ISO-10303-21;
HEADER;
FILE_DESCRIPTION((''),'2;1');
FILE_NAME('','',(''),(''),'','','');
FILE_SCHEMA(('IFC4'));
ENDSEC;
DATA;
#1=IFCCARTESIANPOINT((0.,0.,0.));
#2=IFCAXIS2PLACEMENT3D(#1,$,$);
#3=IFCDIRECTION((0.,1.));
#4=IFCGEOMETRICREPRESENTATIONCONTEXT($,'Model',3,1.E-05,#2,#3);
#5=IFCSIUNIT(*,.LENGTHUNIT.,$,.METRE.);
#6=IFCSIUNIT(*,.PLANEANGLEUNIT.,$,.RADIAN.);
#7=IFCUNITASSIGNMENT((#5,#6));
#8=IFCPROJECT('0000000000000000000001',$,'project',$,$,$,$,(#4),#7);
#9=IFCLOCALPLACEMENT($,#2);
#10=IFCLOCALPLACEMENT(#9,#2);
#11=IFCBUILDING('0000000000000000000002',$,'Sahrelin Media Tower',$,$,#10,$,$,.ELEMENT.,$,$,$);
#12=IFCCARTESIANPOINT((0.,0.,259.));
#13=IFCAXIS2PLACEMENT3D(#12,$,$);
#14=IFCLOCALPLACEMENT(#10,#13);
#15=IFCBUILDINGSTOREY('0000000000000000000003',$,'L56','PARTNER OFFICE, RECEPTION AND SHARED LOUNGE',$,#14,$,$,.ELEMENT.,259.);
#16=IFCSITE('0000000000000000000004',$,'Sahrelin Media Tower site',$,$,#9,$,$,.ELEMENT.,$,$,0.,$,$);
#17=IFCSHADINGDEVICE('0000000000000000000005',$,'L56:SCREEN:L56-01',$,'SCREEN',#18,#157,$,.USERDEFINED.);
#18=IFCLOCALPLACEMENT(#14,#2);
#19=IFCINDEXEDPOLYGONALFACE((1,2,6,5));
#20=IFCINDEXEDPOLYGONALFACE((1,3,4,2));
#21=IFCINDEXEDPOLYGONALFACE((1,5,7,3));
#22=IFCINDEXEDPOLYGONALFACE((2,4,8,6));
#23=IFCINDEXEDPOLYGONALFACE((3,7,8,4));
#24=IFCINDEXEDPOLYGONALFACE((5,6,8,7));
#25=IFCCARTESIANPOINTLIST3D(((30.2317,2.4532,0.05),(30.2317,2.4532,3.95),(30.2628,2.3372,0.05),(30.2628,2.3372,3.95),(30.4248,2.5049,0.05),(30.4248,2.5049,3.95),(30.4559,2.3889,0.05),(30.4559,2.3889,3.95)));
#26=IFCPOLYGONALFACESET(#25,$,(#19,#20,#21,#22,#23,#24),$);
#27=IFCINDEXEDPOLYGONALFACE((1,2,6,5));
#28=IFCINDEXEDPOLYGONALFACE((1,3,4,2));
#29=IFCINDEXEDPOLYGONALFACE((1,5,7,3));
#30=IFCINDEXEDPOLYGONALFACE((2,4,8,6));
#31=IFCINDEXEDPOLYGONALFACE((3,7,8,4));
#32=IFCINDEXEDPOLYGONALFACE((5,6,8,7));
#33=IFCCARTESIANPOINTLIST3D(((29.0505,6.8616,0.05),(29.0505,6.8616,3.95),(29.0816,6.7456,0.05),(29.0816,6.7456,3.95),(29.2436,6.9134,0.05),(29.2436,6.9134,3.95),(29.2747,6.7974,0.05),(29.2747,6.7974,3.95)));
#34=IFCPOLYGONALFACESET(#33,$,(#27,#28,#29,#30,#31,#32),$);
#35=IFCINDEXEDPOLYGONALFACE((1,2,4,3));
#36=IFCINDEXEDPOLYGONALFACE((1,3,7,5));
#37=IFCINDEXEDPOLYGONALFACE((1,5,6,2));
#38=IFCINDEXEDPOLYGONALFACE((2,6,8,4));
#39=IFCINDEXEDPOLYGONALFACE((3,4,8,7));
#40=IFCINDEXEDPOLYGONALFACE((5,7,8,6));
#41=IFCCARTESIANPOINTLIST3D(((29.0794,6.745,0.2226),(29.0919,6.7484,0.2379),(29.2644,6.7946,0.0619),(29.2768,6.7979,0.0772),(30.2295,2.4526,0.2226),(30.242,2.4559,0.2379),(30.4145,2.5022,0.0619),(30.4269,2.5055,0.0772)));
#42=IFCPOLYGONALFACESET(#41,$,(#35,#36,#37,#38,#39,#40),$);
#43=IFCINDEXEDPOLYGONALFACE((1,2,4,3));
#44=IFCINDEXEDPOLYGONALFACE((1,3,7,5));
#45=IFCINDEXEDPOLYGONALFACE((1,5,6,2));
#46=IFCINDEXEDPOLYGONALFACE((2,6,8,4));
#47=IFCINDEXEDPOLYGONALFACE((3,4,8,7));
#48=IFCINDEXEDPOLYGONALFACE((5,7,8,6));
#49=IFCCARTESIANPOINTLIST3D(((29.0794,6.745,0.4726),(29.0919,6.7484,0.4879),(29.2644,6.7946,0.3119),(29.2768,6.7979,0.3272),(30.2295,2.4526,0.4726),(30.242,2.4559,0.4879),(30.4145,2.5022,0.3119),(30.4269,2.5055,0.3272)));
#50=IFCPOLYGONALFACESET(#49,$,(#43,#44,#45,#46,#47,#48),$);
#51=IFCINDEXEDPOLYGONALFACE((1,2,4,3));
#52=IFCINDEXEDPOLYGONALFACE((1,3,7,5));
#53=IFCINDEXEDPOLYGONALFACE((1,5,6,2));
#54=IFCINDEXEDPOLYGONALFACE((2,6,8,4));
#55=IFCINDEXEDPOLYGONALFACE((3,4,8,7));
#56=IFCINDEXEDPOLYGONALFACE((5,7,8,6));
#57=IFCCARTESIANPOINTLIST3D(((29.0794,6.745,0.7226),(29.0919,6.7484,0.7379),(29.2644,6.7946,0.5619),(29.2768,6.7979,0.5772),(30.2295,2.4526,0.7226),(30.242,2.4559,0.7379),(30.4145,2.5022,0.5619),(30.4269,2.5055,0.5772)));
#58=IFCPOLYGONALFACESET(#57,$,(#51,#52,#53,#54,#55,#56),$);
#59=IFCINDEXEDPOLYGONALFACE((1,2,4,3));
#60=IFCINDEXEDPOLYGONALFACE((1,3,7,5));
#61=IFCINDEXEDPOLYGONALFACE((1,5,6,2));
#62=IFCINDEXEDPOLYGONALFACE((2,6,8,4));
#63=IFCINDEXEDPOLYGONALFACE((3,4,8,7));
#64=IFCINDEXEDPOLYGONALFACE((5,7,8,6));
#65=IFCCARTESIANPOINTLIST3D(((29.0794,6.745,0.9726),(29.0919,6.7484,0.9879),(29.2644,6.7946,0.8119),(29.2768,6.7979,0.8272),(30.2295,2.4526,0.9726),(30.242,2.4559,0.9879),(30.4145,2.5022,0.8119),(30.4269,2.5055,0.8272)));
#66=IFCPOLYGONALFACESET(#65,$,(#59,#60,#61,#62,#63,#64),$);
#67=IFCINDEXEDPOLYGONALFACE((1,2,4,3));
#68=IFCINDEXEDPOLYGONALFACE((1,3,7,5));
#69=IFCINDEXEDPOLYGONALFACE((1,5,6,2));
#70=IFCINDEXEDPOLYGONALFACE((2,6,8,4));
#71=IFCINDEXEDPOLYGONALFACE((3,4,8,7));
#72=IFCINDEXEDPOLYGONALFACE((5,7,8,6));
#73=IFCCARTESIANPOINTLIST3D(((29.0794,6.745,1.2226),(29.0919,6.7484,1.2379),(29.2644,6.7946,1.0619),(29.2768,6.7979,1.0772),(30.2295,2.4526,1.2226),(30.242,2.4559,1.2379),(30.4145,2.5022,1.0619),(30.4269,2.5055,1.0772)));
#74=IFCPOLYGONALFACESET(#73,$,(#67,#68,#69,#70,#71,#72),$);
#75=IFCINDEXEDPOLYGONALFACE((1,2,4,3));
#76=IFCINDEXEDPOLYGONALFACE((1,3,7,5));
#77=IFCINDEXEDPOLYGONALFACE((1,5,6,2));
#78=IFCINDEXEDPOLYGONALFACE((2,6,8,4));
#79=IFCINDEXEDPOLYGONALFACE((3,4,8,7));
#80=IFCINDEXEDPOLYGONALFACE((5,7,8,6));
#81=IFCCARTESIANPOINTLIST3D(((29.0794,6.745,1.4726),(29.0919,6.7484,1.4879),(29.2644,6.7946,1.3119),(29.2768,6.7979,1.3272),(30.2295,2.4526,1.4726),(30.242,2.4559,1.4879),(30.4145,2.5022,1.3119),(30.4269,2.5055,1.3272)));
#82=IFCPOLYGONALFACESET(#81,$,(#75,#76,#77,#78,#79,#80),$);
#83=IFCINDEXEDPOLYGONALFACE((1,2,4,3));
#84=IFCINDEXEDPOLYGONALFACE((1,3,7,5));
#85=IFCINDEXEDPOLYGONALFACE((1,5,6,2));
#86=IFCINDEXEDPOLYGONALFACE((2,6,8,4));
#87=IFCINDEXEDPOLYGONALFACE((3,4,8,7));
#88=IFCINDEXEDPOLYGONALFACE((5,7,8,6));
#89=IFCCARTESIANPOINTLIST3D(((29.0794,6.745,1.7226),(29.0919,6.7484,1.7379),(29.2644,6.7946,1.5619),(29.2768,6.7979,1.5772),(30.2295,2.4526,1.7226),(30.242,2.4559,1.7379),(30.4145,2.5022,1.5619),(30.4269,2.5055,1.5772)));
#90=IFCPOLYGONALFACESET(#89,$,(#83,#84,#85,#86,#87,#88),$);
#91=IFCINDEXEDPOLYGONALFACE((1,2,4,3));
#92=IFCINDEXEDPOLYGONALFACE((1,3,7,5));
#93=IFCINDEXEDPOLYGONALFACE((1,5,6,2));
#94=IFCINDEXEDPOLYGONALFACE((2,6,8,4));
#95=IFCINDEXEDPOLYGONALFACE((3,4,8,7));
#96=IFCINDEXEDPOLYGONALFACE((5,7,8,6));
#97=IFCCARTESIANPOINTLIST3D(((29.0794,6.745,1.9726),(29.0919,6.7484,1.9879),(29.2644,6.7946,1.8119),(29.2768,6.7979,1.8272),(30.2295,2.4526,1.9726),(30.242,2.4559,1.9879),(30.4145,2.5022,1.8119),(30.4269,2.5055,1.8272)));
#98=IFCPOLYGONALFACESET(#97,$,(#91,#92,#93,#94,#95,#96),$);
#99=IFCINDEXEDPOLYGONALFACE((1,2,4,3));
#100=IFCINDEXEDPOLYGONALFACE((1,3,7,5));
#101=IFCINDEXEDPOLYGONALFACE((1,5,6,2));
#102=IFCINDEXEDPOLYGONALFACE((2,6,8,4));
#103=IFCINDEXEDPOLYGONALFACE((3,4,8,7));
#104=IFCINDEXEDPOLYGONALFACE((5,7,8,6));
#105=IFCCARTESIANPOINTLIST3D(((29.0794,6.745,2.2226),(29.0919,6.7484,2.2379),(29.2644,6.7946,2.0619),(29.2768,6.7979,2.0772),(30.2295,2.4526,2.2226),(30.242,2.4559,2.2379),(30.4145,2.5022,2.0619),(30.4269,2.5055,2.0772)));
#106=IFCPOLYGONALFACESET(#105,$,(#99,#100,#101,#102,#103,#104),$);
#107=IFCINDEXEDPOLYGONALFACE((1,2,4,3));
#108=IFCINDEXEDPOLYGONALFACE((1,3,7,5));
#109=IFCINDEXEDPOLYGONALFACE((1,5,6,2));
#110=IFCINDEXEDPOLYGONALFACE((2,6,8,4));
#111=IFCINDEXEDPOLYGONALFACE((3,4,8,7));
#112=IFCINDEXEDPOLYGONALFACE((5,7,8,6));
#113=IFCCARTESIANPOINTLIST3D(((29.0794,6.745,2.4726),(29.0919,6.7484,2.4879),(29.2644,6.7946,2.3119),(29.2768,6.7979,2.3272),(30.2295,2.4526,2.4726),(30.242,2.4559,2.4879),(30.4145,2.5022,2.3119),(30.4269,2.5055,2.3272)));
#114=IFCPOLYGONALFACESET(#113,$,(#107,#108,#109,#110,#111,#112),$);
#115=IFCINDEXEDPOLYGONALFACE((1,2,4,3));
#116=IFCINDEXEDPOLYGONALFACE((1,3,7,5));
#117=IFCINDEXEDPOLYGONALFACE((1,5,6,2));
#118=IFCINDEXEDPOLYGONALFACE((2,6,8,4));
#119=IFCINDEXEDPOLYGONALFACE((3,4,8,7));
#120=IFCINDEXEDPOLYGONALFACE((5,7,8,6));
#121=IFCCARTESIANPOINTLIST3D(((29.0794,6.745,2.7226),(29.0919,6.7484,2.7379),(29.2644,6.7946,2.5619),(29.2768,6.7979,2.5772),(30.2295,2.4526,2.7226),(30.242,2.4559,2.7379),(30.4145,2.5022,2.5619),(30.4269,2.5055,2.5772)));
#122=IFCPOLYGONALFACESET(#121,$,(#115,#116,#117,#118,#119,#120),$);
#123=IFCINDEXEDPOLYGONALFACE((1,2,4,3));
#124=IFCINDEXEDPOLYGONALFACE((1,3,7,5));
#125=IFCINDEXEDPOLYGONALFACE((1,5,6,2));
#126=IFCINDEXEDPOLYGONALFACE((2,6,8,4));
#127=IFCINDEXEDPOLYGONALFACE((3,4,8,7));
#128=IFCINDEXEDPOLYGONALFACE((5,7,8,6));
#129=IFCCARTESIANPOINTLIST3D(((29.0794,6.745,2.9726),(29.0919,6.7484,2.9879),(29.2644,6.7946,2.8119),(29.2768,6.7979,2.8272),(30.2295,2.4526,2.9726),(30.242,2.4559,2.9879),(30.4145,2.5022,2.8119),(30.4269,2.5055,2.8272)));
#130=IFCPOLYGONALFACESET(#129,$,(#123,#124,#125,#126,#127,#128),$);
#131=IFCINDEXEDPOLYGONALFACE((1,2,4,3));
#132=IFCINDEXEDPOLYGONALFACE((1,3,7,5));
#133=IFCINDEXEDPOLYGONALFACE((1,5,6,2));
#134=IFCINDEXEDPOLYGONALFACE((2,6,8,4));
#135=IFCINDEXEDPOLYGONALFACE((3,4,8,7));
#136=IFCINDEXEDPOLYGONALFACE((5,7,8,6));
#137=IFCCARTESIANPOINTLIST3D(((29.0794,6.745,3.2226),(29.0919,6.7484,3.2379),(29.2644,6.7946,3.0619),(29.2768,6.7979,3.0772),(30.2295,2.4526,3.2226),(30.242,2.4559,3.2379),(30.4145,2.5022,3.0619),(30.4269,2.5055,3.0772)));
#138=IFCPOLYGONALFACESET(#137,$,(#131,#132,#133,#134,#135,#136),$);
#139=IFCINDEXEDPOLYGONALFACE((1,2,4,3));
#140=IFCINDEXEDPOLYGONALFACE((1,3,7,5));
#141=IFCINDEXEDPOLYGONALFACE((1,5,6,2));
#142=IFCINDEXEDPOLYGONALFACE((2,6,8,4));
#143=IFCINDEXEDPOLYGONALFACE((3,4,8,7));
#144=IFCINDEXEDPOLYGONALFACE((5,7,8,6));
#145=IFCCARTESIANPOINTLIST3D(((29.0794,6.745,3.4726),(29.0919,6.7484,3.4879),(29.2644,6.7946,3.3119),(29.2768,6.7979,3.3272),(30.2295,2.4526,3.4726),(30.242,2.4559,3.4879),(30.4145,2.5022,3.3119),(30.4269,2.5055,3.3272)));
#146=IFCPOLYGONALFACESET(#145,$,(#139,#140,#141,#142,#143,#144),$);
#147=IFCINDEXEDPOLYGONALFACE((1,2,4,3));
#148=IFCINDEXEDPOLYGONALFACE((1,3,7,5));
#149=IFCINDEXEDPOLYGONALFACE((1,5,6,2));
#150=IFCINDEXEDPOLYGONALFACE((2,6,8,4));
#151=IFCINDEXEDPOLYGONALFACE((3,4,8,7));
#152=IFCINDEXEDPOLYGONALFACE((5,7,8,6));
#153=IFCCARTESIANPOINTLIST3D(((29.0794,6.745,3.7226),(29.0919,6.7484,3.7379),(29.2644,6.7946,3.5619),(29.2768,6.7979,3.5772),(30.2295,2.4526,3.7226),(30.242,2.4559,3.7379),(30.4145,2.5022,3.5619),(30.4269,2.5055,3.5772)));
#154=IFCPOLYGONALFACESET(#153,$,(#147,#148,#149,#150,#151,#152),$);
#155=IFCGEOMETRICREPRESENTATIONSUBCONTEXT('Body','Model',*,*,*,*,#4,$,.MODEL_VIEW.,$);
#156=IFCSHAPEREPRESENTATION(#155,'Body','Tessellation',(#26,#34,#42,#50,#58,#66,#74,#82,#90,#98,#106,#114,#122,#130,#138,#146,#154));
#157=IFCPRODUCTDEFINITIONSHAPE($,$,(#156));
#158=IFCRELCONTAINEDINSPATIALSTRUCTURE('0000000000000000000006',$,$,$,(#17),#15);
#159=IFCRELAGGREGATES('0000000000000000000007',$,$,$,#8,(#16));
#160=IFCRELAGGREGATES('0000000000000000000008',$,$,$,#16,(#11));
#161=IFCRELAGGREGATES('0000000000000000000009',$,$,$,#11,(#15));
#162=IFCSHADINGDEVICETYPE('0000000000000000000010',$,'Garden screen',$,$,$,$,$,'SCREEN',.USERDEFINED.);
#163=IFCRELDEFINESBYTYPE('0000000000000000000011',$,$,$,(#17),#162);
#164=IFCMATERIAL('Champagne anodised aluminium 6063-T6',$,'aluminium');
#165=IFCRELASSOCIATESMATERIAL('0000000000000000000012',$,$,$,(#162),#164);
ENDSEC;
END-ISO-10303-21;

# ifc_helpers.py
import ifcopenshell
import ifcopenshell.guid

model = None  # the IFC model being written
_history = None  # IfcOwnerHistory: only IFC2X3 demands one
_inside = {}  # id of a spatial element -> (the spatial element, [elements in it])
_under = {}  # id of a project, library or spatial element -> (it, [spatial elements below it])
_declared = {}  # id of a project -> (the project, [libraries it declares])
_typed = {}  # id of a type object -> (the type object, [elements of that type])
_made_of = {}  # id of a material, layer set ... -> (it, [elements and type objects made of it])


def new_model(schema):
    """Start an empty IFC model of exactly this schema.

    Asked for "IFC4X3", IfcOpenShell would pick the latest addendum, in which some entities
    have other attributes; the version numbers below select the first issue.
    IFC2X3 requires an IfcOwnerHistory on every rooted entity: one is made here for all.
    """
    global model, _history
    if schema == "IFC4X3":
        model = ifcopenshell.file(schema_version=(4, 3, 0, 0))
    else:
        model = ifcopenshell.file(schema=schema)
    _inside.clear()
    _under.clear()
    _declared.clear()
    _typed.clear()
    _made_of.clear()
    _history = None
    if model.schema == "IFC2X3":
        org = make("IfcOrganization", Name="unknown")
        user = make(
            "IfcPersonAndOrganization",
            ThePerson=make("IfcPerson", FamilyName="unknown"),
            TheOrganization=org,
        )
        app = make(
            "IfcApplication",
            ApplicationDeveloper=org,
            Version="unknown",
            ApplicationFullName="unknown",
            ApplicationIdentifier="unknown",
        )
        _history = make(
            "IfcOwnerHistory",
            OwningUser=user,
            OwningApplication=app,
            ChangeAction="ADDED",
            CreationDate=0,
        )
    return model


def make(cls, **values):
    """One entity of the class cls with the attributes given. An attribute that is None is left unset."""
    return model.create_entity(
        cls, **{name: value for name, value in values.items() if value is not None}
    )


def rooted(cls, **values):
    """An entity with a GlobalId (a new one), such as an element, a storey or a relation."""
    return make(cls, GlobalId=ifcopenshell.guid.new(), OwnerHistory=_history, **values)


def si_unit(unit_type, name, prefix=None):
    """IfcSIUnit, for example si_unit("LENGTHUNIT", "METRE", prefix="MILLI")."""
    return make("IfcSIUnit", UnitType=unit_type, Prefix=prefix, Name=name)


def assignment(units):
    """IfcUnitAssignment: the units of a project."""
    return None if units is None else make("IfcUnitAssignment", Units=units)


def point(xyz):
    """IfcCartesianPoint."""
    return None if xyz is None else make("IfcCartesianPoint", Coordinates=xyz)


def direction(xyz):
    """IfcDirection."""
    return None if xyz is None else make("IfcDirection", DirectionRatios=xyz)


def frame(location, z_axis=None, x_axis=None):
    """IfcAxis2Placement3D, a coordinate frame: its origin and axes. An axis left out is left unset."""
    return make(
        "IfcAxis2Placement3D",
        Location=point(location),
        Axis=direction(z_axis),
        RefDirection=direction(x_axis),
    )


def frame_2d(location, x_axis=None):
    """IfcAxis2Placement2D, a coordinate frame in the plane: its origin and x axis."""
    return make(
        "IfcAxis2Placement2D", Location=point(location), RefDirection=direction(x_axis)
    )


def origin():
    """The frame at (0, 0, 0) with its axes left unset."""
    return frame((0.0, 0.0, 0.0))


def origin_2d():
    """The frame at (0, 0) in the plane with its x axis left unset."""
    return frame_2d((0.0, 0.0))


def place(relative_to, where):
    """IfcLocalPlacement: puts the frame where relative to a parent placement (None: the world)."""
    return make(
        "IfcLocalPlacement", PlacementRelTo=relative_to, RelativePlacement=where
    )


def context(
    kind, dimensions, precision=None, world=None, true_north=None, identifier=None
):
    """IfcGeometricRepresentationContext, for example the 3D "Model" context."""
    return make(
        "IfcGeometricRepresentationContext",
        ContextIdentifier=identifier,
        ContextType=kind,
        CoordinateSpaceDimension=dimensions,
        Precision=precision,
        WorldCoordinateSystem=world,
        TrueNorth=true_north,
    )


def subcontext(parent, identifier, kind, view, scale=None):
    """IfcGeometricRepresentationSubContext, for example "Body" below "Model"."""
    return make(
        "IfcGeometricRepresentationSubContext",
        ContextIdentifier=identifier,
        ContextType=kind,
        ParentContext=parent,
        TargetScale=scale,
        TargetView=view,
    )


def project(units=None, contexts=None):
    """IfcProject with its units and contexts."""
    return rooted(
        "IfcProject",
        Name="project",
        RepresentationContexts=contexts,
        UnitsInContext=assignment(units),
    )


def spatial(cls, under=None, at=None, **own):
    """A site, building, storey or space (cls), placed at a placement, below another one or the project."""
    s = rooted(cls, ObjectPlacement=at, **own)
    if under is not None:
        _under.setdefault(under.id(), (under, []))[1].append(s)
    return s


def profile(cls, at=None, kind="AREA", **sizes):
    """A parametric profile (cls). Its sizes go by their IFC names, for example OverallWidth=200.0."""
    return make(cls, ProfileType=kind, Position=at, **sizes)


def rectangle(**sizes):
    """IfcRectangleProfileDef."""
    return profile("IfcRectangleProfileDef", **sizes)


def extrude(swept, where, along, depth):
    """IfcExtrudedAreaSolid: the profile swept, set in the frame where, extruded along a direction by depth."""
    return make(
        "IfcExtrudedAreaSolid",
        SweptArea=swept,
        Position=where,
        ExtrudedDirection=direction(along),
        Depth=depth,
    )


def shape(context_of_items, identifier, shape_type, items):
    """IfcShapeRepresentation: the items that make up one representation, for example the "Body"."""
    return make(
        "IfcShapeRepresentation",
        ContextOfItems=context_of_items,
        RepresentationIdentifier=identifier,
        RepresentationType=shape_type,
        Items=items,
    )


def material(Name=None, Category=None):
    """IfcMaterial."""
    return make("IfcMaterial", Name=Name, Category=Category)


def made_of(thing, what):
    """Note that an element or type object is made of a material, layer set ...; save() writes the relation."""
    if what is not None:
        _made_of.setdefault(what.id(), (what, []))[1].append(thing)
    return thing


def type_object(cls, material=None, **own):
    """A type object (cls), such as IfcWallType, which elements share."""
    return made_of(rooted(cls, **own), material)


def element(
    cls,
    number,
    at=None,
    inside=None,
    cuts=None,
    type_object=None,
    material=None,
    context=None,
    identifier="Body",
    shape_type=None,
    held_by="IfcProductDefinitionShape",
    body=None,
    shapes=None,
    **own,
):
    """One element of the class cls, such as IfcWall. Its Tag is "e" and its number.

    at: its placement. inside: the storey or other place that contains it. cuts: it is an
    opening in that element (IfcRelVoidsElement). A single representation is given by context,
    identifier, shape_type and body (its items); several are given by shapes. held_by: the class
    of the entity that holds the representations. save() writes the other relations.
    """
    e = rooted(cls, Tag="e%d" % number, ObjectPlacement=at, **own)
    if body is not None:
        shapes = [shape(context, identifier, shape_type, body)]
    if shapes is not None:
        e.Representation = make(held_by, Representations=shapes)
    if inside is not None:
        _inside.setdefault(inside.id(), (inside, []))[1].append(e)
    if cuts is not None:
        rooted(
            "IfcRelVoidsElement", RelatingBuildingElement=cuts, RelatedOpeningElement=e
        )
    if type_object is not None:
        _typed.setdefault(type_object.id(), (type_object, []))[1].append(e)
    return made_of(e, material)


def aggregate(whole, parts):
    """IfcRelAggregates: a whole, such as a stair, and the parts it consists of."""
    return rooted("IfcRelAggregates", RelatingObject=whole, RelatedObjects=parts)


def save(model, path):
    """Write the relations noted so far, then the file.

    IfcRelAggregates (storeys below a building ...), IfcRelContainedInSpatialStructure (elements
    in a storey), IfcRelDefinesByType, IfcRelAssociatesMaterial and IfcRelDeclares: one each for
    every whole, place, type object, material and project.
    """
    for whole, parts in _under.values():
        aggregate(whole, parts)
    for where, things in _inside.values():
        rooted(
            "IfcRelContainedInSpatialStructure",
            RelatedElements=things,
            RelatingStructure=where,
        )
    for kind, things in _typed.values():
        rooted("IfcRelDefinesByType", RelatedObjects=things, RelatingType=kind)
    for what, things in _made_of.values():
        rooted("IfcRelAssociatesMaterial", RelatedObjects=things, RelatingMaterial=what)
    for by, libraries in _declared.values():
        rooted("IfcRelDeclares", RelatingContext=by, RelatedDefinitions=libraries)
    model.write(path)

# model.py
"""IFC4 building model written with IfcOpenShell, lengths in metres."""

from ifc_helpers import new_model, si_unit, direction, frame, origin, origin_2d, place, context, subcontext, project, spatial, rectangle, extrude, material, type_object, element, save


model = new_model("IFC4")

# Units and contexts
model_context = context("Model", 3, precision=1e-05, world=origin(), true_north=direction((0.0, 1.0)))
body_context = subcontext(model_context, "Body", "Model", "MODEL_VIEW")
ifc_project = project(units=[si_unit("LENGTHUNIT", "METRE"), si_unit("PLANEANGLEUNIT", "RADIAN")], contexts=[model_context])

# Site, building, storey
site_placement = place(None, origin())
site = spatial("IfcSite", under=ifc_project, at=site_placement, Name="Sahrelin Media Tower site", CompositionType="ELEMENT", RefElevation=0.0)
building_placement = place(site_placement, origin())
building = spatial("IfcBuilding", under=site, at=building_placement, Name="Sahrelin Media Tower", CompositionType="ELEMENT")
storey_placement = place(building_placement, frame((0.0, 0.0, 259.0)))
storey = spatial("IfcBuildingStorey", under=building, at=storey_placement, Name="L56", Description="PARTNER OFFICE, RECEPTION AND SHARED LOUNGE", CompositionType="ELEMENT", Elevation=259.0)

# Shared definitions
ifc_material_1 = material(Name="Champagne anodised aluminium 6063-T6", Category="aluminium")

# Shading device
shading_device_type_1 = type_object("IfcShadingDeviceType", Name="Garden screen", ElementType="SCREEN", PredefinedType="USERDEFINED", material=ifc_material_1)
shading_device_1_placement = place(storey_placement, frame((29.6565, 4.5994, 0.0), z_axis=(0.0, 0.0, 1.0), x_axis=(0.258808, -0.965929, 0.0)))
element("IfcShadingDevice", 1, at=shading_device_1_placement, inside=storey, type_object=shading_device_type_1, Name="L56:SCREEN:L56-01", ObjectType="SCREEN", PredefinedType="USERDEFINED", context=body_context, shape_type="SweptSolid", body=[
    extrude(rectangle(XDim=0.1201, YDim=0.2, at=origin_2d()), frame((2.282, 0.1001, 0.05), z_axis=(0.0, 0.0, 1.0), x_axis=(1.0, 0.0, 0.0)), (0.0, 0.0, 1.0), 3.8999),
    extrude(rectangle(XDim=0.1201, YDim=0.2, at=origin_2d()), frame((-2.282, 0.1001, 0.05), z_axis=(0.0, 0.0, 1.0), x_axis=(1.0, 0.0, 0.0)), (0.0, 0.0, 1.0), 3.8999),
    extrude(rectangle(XDim=0.25, YDim=0.02, at=origin_2d()), frame((2.2219, 0.1001, 0.1499), z_axis=(-1.0, 0.0, 0.0), x_axis=(0.0, -0.766044, 0.642788)), (0.0, 0.0, 1.0), 4.4438),
    extrude(rectangle(XDim=0.25, YDim=0.02, at=origin_2d()), frame((2.2219, 0.1001, 0.3999), z_axis=(-1.0, 0.0, 0.0), x_axis=(0.0, -0.766044, 0.642788)), (0.0, 0.0, 1.0), 4.4438),
    extrude(rectangle(XDim=0.25, YDim=0.02, at=origin_2d()), frame((2.2219, 0.1001, 0.6499), z_axis=(-1.0, 0.0, 0.0), x_axis=(0.0, -0.766044, 0.642788)), (0.0, 0.0, 1.0), 4.4438),
    extrude(rectangle(XDim=0.25, YDim=0.02, at=origin_2d()), frame((2.2219, 0.1001, 0.8999), z_axis=(-1.0, 0.0, 0.0), x_axis=(0.0, -0.766044, 0.642788)), (0.0, 0.0, 1.0), 4.4438),
    extrude(rectangle(XDim=0.25, YDim=0.02, at=origin_2d()), frame((2.2219, 0.1001, 1.1499), z_axis=(-1.0, 0.0, 0.0), x_axis=(0.0, -0.766044, 0.642788)), (0.0, 0.0, 1.0), 4.4438),
    extrude(rectangle(XDim=0.25, YDim=0.02, at=origin_2d()), frame((2.2219, 0.1001, 1.3999), z_axis=(-1.0, 0.0, 0.0), x_axis=(0.0, -0.766044, 0.642788)), (0.0, 0.0, 1.0), 4.4438),
    extrude(rectangle(XDim=0.25, YDim=0.02, at=origin_2d()), frame((2.2219, 0.1001, 1.6499), z_axis=(-1.0, 0.0, 0.0), x_axis=(0.0, -0.766044, 0.642788)), (0.0, 0.0, 1.0), 4.4438),
    extrude(rectangle(XDim=0.25, YDim=0.02, at=origin_2d()), frame((2.2219, 0.1001, 1.8999), z_axis=(-1.0, 0.0, 0.0), x_axis=(0.0, -0.766044, 0.642788)), (0.0, 0.0, 1.0), 4.4438),
    extrude(rectangle(XDim=0.25, YDim=0.02, at=origin_2d()), frame((2.2219, 0.1001, 2.1499), z_axis=(-1.0, 0.0, 0.0), x_axis=(0.0, -0.766044, 0.642788)), (0.0, 0.0, 1.0), 4.4438),
    extrude(rectangle(XDim=0.25, YDim=0.02, at=origin_2d()), frame((2.2219, 0.1001, 2.3999), z_axis=(-1.0, 0.0, 0.0), x_axis=(0.0, -0.766044, 0.642788)), (0.0, 0.0, 1.0), 4.4438),
    extrude(rectangle(XDim=0.25, YDim=0.02, at=origin_2d()), frame((2.2219, 0.1001, 2.6499), z_axis=(-1.0, 0.0, 0.0), x_axis=(0.0, -0.766044, 0.642788)), (0.0, 0.0, 1.0), 4.4438),
    extrude(rectangle(XDim=0.25, YDim=0.02, at=origin_2d()), frame((2.2219, 0.1001, 2.8999), z_axis=(-1.0, 0.0, 0.0), x_axis=(0.0, -0.766044, 0.642788)), (0.0, 0.0, 1.0), 4.4438),
    extrude(rectangle(XDim=0.25, YDim=0.02, at=origin_2d()), frame((2.2219, 0.1001, 3.1499), z_axis=(-1.0, 0.0, 0.0), x_axis=(0.0, -0.766044, 0.642788)), (0.0, 0.0, 1.0), 4.4438),
    extrude(rectangle(XDim=0.25, YDim=0.02, at=origin_2d()), frame((2.2219, 0.1001, 3.3999), z_axis=(-1.0, 0.0, 0.0), x_axis=(0.0, -0.766044, 0.642788)), (0.0, 0.0, 1.0), 4.4438),
    extrude(rectangle(XDim=0.25, YDim=0.02, at=origin_2d()), frame((2.2219, 0.1001, 3.6499), z_axis=(-1.0, 0.0, 0.0), x_axis=(0.0, -0.766044, 0.642788)), (0.0, 0.0, 1.0), 4.4438),
])

save(model, "model.ifc")
